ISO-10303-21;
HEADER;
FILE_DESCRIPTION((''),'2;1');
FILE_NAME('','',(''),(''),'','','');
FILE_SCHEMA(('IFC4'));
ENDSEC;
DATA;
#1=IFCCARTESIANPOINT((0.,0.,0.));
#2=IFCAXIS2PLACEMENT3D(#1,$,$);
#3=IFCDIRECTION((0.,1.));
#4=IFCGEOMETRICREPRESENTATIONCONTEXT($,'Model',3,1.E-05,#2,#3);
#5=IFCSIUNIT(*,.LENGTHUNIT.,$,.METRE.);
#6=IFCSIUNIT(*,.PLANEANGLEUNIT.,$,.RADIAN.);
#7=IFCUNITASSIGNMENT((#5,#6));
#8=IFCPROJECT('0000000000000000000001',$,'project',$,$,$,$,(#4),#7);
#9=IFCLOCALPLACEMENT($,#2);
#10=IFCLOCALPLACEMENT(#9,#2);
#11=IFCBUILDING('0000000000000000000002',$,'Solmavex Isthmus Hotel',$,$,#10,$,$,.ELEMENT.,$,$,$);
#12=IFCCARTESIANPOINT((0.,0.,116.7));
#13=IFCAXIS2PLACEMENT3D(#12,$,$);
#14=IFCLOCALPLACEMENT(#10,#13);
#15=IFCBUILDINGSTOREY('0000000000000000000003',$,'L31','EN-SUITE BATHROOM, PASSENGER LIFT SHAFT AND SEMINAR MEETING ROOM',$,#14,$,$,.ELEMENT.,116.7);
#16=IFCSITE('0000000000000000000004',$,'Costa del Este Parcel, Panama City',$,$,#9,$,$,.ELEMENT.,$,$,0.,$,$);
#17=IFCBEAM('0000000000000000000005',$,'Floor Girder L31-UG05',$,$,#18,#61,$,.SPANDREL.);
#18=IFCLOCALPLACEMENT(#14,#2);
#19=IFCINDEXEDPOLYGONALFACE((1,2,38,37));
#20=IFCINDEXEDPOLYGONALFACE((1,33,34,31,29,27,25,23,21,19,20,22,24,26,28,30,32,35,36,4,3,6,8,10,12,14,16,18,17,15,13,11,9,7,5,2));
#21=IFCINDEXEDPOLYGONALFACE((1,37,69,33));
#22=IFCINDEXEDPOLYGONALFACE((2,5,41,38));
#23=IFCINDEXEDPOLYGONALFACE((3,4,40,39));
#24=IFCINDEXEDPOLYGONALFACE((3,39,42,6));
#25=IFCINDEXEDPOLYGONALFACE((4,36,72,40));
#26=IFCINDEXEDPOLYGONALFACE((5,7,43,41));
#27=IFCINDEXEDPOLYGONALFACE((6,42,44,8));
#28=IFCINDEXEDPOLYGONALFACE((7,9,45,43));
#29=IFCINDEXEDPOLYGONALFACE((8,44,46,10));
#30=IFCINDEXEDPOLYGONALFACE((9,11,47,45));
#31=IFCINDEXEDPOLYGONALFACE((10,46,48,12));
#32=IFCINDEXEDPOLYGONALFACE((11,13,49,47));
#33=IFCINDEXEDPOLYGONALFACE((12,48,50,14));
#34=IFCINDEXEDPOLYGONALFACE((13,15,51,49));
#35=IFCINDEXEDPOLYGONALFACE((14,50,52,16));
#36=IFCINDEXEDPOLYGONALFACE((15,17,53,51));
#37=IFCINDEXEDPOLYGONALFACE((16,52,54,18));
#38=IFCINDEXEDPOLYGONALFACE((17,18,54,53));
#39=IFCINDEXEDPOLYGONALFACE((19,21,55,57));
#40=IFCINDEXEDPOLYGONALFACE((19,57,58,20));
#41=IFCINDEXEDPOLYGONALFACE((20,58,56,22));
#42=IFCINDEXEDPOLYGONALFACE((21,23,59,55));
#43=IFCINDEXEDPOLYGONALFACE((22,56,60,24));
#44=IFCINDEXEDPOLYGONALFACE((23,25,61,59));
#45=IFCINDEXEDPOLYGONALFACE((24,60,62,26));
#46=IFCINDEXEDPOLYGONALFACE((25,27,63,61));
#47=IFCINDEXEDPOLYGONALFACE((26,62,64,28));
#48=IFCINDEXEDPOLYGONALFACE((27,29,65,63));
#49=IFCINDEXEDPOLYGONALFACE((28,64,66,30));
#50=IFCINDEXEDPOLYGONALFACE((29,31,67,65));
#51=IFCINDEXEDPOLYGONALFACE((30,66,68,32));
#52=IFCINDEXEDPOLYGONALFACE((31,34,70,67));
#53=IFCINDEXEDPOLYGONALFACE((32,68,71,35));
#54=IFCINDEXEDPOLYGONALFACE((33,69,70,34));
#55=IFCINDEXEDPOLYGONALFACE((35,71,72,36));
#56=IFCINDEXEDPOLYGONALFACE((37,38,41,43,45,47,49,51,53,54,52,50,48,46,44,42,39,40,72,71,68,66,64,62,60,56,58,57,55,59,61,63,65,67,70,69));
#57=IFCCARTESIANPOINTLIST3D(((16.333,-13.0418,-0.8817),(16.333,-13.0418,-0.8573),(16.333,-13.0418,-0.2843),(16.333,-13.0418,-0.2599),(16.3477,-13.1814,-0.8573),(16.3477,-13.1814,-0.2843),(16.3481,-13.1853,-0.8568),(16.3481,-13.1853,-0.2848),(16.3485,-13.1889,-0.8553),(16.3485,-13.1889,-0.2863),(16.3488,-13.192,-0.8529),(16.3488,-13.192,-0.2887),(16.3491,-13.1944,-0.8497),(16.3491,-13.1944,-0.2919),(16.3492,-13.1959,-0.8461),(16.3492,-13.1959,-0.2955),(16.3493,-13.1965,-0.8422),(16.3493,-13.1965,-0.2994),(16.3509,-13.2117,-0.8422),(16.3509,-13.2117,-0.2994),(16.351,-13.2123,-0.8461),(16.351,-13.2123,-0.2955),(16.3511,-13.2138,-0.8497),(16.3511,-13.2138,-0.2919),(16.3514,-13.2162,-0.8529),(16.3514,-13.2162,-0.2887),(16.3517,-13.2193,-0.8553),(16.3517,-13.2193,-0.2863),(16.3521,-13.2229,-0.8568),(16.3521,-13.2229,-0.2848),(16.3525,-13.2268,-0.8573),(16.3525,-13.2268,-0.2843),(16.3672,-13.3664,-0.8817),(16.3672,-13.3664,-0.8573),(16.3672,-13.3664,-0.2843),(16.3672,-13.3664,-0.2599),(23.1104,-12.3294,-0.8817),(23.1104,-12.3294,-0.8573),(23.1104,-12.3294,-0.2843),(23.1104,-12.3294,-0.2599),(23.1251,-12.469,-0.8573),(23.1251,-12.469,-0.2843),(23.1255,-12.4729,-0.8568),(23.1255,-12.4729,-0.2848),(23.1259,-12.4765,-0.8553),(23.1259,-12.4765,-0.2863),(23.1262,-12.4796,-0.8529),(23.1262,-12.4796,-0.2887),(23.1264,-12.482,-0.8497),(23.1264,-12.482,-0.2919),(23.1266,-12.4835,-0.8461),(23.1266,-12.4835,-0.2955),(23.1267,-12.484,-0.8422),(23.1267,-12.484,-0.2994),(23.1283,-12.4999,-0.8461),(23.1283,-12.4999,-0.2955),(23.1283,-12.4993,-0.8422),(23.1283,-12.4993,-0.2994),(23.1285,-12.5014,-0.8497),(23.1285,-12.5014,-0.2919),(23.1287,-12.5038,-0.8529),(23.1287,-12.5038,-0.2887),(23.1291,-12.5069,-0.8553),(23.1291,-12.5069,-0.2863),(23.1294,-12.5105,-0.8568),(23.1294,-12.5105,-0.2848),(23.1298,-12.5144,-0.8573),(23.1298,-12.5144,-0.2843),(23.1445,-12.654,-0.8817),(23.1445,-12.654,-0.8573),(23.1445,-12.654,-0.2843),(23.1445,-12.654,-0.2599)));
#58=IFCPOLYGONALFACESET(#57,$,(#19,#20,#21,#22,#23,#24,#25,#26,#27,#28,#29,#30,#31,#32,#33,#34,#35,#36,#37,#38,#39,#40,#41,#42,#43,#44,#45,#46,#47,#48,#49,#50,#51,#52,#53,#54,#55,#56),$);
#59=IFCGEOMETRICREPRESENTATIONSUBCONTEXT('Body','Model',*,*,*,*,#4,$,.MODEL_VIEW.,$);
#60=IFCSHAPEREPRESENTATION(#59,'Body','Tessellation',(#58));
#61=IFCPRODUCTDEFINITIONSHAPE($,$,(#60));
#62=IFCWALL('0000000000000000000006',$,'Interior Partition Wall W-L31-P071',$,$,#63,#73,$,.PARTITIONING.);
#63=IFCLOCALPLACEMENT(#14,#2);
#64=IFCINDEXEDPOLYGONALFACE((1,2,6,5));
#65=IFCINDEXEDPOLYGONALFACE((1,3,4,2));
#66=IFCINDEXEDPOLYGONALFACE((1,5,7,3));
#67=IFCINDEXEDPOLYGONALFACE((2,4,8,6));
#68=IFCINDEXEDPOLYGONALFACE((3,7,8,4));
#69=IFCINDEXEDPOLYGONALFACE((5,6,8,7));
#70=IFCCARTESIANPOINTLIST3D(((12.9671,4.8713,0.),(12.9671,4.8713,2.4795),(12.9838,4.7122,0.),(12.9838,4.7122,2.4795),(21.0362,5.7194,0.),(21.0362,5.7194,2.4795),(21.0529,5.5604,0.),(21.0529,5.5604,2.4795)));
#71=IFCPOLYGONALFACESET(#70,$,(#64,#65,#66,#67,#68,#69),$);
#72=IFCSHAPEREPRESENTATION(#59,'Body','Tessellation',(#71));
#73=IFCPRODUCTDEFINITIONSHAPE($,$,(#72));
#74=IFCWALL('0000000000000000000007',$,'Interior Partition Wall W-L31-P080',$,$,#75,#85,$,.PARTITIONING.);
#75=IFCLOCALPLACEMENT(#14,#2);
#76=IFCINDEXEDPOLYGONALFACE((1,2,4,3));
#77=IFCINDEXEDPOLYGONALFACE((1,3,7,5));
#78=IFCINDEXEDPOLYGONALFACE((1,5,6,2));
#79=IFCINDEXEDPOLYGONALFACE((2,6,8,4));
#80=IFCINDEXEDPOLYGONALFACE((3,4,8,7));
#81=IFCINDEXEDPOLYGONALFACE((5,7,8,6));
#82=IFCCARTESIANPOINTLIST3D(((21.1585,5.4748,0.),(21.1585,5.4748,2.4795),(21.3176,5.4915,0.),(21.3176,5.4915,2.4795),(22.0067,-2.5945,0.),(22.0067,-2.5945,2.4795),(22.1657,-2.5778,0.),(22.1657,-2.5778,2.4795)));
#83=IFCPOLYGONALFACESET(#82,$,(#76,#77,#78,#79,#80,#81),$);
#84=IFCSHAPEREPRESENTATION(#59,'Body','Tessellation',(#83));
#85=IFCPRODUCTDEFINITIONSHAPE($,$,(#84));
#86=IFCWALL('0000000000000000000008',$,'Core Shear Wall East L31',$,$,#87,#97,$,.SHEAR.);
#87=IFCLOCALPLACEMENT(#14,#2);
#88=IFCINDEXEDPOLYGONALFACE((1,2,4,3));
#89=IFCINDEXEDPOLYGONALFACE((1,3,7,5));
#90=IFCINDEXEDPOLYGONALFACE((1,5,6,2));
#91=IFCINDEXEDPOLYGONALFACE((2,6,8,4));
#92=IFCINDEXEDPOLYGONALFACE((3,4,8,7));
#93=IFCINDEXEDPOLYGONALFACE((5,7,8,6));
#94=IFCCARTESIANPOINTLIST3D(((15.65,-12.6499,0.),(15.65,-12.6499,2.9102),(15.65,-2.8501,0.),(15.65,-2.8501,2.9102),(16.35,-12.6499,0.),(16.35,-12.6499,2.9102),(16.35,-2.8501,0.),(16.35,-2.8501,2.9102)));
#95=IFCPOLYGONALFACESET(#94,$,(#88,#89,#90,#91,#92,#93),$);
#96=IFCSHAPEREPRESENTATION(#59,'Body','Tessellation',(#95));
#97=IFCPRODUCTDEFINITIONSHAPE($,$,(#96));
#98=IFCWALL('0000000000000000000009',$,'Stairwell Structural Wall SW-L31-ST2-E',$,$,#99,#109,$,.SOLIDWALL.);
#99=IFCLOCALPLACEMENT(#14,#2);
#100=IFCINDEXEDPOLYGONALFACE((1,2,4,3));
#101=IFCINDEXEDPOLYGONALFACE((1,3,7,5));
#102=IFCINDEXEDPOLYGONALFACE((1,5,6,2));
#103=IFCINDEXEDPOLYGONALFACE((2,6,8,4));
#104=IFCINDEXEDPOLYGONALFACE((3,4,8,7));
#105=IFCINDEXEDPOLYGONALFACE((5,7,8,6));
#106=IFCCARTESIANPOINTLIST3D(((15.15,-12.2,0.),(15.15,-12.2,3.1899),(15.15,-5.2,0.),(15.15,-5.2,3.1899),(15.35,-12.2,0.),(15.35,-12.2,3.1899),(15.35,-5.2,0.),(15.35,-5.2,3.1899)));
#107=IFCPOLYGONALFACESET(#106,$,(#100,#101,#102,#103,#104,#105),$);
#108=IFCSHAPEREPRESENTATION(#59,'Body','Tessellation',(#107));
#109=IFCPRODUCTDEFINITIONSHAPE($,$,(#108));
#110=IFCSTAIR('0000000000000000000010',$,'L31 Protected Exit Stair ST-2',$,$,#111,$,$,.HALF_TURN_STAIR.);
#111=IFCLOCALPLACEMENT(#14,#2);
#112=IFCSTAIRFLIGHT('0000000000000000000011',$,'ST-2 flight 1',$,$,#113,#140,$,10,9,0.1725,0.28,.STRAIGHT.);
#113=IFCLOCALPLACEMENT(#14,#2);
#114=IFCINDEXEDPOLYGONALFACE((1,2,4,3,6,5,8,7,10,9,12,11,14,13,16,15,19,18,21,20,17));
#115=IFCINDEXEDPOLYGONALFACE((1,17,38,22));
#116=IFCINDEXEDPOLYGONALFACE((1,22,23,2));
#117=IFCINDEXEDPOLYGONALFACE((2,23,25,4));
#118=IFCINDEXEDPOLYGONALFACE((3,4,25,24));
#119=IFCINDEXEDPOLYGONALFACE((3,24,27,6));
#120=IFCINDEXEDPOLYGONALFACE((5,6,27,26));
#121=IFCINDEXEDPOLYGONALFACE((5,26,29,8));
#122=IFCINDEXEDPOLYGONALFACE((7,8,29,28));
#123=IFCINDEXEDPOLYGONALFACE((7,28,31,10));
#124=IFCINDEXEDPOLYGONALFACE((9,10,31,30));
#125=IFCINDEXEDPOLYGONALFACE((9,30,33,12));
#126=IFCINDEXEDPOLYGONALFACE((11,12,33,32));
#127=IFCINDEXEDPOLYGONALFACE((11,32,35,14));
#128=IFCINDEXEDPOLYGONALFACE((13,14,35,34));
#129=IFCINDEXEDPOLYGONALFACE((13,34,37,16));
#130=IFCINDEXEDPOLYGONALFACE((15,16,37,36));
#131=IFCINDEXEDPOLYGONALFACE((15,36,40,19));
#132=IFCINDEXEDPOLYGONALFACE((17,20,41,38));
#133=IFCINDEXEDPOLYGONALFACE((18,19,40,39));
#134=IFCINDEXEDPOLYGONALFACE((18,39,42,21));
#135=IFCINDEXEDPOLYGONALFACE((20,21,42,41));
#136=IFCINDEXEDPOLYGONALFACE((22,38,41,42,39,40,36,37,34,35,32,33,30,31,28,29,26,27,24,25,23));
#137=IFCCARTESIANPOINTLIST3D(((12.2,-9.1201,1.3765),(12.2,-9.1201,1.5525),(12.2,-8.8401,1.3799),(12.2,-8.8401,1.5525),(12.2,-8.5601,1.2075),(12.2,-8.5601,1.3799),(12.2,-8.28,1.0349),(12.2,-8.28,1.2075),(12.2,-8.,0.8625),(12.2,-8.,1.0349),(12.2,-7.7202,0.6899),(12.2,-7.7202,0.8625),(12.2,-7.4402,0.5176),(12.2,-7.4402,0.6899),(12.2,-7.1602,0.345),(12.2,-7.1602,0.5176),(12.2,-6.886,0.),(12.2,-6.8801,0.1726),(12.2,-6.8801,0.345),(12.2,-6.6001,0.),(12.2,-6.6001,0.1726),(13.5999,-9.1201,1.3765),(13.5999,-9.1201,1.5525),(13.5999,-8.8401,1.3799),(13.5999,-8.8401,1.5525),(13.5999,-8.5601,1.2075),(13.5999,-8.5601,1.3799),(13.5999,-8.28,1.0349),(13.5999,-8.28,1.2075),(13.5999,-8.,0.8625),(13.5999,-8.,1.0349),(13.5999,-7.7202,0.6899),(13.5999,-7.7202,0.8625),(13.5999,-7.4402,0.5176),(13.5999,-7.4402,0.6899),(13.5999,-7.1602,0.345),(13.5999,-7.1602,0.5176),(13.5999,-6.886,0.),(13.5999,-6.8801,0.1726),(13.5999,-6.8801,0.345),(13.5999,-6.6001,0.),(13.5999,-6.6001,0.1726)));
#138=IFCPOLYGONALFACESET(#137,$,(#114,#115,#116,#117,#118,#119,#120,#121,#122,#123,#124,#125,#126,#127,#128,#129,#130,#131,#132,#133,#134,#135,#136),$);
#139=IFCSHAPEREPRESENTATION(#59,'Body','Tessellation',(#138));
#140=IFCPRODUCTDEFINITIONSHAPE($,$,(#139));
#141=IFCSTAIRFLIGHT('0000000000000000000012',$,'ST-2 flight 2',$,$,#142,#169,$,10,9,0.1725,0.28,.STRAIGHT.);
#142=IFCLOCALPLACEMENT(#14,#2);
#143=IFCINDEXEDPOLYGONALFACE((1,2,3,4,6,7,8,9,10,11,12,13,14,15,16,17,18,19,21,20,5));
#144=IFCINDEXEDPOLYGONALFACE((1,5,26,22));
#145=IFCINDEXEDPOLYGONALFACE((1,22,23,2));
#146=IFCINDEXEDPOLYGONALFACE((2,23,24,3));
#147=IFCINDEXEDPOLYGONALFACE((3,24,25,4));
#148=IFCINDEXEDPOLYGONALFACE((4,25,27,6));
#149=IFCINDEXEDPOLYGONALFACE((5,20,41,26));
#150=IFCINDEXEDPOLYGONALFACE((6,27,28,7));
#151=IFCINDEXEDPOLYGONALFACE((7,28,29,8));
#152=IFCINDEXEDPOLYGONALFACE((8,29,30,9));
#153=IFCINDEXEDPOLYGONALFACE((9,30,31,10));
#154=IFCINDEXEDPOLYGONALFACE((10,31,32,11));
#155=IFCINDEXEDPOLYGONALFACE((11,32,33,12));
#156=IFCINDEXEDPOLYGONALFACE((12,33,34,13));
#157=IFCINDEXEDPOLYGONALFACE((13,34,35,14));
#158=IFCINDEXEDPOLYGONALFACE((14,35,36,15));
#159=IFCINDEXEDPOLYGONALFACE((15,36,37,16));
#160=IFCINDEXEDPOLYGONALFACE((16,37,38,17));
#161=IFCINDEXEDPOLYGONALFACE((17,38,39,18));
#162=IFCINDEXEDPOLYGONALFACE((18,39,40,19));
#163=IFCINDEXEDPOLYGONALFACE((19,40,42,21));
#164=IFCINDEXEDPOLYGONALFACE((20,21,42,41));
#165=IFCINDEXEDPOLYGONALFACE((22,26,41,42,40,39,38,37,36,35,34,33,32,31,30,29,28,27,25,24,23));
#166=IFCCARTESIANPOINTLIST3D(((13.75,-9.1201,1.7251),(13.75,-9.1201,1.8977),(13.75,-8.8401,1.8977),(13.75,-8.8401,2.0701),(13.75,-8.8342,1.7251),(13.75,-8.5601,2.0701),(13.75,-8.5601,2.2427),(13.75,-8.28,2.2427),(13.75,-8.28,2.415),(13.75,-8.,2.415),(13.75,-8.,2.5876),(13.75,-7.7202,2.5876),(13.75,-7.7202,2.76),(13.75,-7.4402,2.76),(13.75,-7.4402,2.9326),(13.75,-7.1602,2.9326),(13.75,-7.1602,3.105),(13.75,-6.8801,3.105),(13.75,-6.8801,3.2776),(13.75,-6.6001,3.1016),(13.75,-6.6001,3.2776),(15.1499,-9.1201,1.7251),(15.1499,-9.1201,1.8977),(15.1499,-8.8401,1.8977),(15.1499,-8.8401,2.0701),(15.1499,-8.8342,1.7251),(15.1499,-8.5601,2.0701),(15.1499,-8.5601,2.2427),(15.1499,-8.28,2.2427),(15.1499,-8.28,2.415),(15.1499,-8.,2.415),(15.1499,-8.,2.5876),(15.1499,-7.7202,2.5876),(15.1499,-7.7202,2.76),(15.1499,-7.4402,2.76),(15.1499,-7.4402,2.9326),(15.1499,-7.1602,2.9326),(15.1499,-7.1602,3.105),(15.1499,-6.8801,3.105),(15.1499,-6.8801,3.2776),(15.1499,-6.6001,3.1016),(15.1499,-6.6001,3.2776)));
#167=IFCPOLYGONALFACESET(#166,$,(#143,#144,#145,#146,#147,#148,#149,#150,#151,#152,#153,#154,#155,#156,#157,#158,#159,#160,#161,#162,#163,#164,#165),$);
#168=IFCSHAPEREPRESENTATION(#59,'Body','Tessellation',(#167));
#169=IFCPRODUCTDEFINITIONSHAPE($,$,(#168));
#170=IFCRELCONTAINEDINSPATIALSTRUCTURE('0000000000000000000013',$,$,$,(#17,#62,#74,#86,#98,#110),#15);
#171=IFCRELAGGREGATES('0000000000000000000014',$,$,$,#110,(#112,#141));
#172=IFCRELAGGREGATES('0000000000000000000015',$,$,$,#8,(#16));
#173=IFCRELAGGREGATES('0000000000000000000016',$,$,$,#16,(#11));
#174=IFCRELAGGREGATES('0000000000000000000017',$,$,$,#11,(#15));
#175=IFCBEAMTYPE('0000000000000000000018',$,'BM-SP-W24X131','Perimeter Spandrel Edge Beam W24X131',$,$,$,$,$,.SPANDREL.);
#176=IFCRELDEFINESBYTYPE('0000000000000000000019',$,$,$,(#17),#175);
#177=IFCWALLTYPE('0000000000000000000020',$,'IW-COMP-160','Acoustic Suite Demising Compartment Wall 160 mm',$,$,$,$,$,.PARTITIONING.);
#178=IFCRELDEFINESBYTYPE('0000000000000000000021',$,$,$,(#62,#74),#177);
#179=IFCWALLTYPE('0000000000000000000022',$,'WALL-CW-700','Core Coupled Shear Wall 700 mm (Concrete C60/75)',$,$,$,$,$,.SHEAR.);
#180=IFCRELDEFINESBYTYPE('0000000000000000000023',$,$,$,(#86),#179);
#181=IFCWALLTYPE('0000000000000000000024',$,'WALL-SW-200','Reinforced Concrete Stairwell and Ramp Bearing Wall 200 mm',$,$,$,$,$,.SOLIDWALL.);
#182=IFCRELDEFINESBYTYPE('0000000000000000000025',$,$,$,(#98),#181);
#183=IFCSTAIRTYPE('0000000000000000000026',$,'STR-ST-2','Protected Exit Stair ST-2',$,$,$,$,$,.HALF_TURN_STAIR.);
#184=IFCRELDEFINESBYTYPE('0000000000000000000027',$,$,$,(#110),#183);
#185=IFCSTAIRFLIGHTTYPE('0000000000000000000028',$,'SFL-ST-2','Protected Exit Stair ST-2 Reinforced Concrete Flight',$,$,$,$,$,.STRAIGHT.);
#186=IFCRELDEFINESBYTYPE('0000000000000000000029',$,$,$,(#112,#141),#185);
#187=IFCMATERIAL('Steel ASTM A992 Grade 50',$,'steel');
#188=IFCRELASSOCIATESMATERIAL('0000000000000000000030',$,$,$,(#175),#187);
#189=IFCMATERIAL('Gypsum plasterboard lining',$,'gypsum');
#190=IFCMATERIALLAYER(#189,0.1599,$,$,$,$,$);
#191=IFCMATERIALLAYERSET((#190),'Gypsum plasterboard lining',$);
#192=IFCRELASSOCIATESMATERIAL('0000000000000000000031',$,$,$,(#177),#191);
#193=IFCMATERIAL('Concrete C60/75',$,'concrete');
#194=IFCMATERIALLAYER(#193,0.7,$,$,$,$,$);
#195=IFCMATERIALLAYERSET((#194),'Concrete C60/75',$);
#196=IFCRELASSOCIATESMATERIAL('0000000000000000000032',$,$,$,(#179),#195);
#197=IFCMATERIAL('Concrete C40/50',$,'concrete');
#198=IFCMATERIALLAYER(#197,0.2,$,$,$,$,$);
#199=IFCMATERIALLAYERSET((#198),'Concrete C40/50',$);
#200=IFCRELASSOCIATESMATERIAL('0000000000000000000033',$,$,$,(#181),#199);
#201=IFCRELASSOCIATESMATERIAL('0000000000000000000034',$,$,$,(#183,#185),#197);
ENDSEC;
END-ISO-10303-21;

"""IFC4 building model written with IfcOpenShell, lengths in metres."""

from ifc_helpers import new_model, si_unit, direction, frame, frame_2d, origin, origin_2d, place, context, subcontext, project, spatial, polyline, rectangle, i_section, outline, extrude, material, layer, layer_set, material_profile, profile_set, type_object, element, aggregate, save


model = new_model("IFC4")

# Units and contexts
model_context = context("Model", 3, precision=1e-05, world=origin(), true_north=direction((0.0, 1.0)))
body_context = subcontext(model_context, "Body", "Model", "MODEL_VIEW")
ifc_project = project(units=[si_unit("LENGTHUNIT", "METRE"), si_unit("PLANEANGLEUNIT", "RADIAN")], contexts=[model_context])

# Site, building, storey
site_placement = place(None, origin())
site = spatial("IfcSite", under=ifc_project, at=site_placement, Name="Costa del Este Parcel, Panama City", CompositionType="ELEMENT", RefElevation=0.0)
building_placement = place(site_placement, origin())
building = spatial("IfcBuilding", under=site, at=building_placement, Name="Solmavex Isthmus Hotel", CompositionType="ELEMENT")
storey_placement = place(building_placement, frame((0.0, 0.0, 116.7)))
storey = spatial("IfcBuildingStorey", under=building, at=storey_placement, Name="L31", Description="EN-SUITE BATHROOM, PASSENGER LIFT SHAFT AND SEMINAR MEETING ROOM", CompositionType="ELEMENT", Elevation=116.7)

# Shared definitions
ifc_material_1 = material(Name="Concrete C60/75", Category="concrete")

# Beam
ifc_material_2 = material(Name="Steel ASTM A992 Grade 50", Category="steel")
ifc_material_profile_1 = material_profile(ifc_material_2, i_section(OverallWidth=0.3264, OverallDepth=0.6218, WebThickness=0.0154, FlangeThickness=0.0244, FilletRadius=0.0151, at=origin_2d()), Name="W24X131")
ifc_profile_set_1 = profile_set([ifc_material_profile_1], Name="Steel ASTM A992 Grade 50")
beam_type_1 = type_object("IfcBeamType", Name="BM-SP-W24X131", Description="Perimeter Spandrel Edge Beam W24X131", PredefinedType="SPANDREL", material=ifc_profile_set_1)
beam_1_placement = place(storey_placement, frame((16.3501, -13.2041, -0.5708), z_axis=(0.994521, 0.104539, 0.0), x_axis=(-0.104539, 0.994521, 0.0)))
element("IfcBeam", 1, at=beam_1_placement, inside=storey, type_object=beam_type_1, Name="Floor Girder L31-UG05", PredefinedType="SPANDREL", context=body_context, shape_type="SweptSolid", body=[
    extrude(i_section(OverallWidth=0.3264, OverallDepth=0.6218, WebThickness=0.0154, FlangeThickness=0.0244, FilletRadius=0.0151, at=origin_2d()), origin(), (0.0, 0.0, 1.0), 6.8147),
])

# Walls
ifc_material_3 = material(Name="Gypsum plasterboard lining", Category="gypsum")
ifc_layer_1 = layer(ifc_material_3, 0.1599)
ifc_layer_set_1 = layer_set([ifc_layer_1], Name="Gypsum plasterboard lining")
wall_type_1 = type_object("IfcWallType", Name="IW-COMP-160", Description="Acoustic Suite Demising Compartment Wall 160 mm", PredefinedType="PARTITIONING", material=ifc_layer_set_1)
wall_1_placement = place(storey_placement, frame((21.0444, 5.6399, 0.0), z_axis=(0.0, 0.0, 1.0), x_axis=(-0.994521, -0.104534, 0.0)))
element("IfcWall", 2, at=wall_1_placement, inside=storey, type_object=wall_type_1, Name="Interior Partition Wall W-L31-P071", PredefinedType="PARTITIONING", context=body_context, shape_type="SweptSolid", body=[
    extrude(rectangle(XDim=8.1135, YDim=0.1599, at=frame_2d((4.0566, 0.0))), origin(), (0.0, 0.0, 1.0), 2.4795),
])
wall_2_placement = place(storey_placement, frame((22.0862, -2.5862, 0.0), z_axis=(0.0, 0.0, 1.0), x_axis=(-0.104531, 0.994522, 0.0)))
element("IfcWall", 3, at=wall_2_placement, inside=storey, type_object=wall_type_1, Name="Interior Partition Wall W-L31-P080", PredefinedType="PARTITIONING", context=body_context, shape_type="SweptSolid", body=[
    extrude(rectangle(XDim=8.1138, YDim=0.1599, at=frame_2d((4.0569, 0.0))), origin(), (0.0, 0.0, 1.0), 2.4795),
])
ifc_layer_2 = layer(ifc_material_1, 0.7)
ifc_layer_set_2 = layer_set([ifc_layer_2], Name="Concrete C60/75")
wall_type_2 = type_object("IfcWallType", Name="WALL-CW-700", Description="Core Coupled Shear Wall 700 mm (Concrete C60/75)", PredefinedType="SHEAR", material=ifc_layer_set_2)
wall_3_placement = place(storey_placement, frame((16.0, -12.6499, 0.0), z_axis=(0.0, 0.0, 1.0), x_axis=(0.0, 1.0, 0.0)))
element("IfcWall", 4, at=wall_3_placement, inside=storey, type_object=wall_type_2, Name="Core Shear Wall East L31", PredefinedType="SHEAR", context=body_context, shape_type="SweptSolid", body=[
    extrude(rectangle(XDim=9.7998, YDim=0.7, at=frame_2d((4.8999, 0.0))), origin(), (0.0, 0.0, 1.0), 2.9102),
])
ifc_material_4 = material(Name="Concrete C40/50", Category="concrete")
ifc_layer_3 = layer(ifc_material_4, 0.2)
ifc_layer_set_3 = layer_set([ifc_layer_3], Name="Concrete C40/50")
wall_type_3 = type_object("IfcWallType", Name="WALL-SW-200", Description="Reinforced Concrete Stairwell and Ramp Bearing Wall 200 mm", PredefinedType="SOLIDWALL", material=ifc_layer_set_3)
wall_4_placement = place(storey_placement, frame((15.25, -12.2, 0.0), z_axis=(0.0, 0.0, 1.0), x_axis=(0.0, 1.0, 0.0)))
element("IfcWall", 5, at=wall_4_placement, inside=storey, type_object=wall_type_3, Name="Stairwell Structural Wall SW-L31-ST2-E", PredefinedType="SOLIDWALL", context=body_context, shape_type="SweptSolid", body=[
    extrude(rectangle(XDim=7.0, YDim=0.2, at=frame_2d((3.5, 0.0))), origin(), (0.0, 0.0, 1.0), 3.1899),
])

# Stair, stair flights
stair_type = type_object("IfcStairType", Name="STR-ST-2", Description="Protected Exit Stair ST-2", PredefinedType="HALF_TURN_STAIR", material=ifc_material_4)
stair_placement = place(storey_placement, origin())
stair = element("IfcStair", 6, at=stair_placement, inside=storey, type_object=stair_type, Name="L31 Protected Exit Stair ST-2", PredefinedType="HALF_TURN_STAIR")
stair_flight_type = type_object("IfcStairFlightType", Name="SFL-ST-2", Description="Protected Exit Stair ST-2 Reinforced Concrete Flight", PredefinedType="STRAIGHT", material=ifc_material_4)
stair_flight_1_placement = place(storey_placement, frame((12.8999, -6.6001, 0.0), z_axis=(0.0, 0.0, 1.0), x_axis=(0.0, -1.0, 0.0)))
stair_flight_1 = element("IfcStairFlight", 7, at=stair_flight_1_placement, type_object=stair_flight_type, Name="ST-2 flight 1", NumberOfRisers=10, NumberOfTreads=9, PredefinedType="STRAIGHT", RiserHeight=0.1725, TreadLength=0.28, context=body_context, shape_type="SweptSolid", body=[
    extrude(outline(polyline([(0.0, 0.0), (0.0, 0.1726), (0.28, 0.1726), (0.28, 0.345), (0.5601, 0.345), (0.5601, 0.5176), (0.8401, 0.5176), (0.8401, 0.6899), (1.1201, 0.6899), (1.1201, 0.8625), (1.3999, 0.8625), (1.3999, 1.0349), (1.6799, 1.0349), (1.6799, 1.2075), (1.96, 1.2075), (1.96, 1.3799), (2.24, 1.3799), (2.24, 1.5525), (2.52, 1.5525), (2.52, 1.7251), (2.52, 1.3765), (0.2859, 0.0), (0.0, 0.0)])), frame((0.0, 0.7, 0.0), z_axis=(0.0, -1.0, 0.0), x_axis=(1.0, 0.0, 0.0)), (0.0, 0.0, 1.0), 1.3999),
])
stair_flight_2_placement = place(storey_placement, frame((14.45, -9.1201, 1.7251), z_axis=(0.0, 0.0, 1.0), x_axis=(0.0, 1.0, 0.0)))
stair_flight_2 = element("IfcStairFlight", 8, at=stair_flight_2_placement, type_object=stair_flight_type, Name="ST-2 flight 2", NumberOfRisers=10, NumberOfTreads=9, PredefinedType="STRAIGHT", RiserHeight=0.1725, TreadLength=0.28, context=body_context, shape_type="SweptSolid", body=[
    extrude(outline(polyline([(0.0, 0.0), (0.0, 0.1726), (0.28, 0.1726), (0.28, 0.345), (0.5601, 0.345), (0.5601, 0.5176), (0.8401, 0.5176), (0.8401, 0.6899), (1.1201, 0.6899), (1.1201, 0.8625), (1.3999, 0.8625), (1.3999, 1.0349), (1.6799, 1.0349), (1.6799, 1.2075), (1.96, 1.2075), (1.96, 1.3799), (2.24, 1.3799), (2.24, 1.5525), (2.52, 1.5525), (2.52, 1.7251), (2.52, 1.3765), (0.2859, 0.0), (0.0, 0.0)])), frame((0.0, 0.7, 0.0), z_axis=(0.0, -1.0, 0.0), x_axis=(1.0, 0.0, 0.0)), (0.0, 0.0, 1.0), 1.3999),
])
aggregate(stair, [stair_flight_1, stair_flight_2])

save(model, "model.ifc")
